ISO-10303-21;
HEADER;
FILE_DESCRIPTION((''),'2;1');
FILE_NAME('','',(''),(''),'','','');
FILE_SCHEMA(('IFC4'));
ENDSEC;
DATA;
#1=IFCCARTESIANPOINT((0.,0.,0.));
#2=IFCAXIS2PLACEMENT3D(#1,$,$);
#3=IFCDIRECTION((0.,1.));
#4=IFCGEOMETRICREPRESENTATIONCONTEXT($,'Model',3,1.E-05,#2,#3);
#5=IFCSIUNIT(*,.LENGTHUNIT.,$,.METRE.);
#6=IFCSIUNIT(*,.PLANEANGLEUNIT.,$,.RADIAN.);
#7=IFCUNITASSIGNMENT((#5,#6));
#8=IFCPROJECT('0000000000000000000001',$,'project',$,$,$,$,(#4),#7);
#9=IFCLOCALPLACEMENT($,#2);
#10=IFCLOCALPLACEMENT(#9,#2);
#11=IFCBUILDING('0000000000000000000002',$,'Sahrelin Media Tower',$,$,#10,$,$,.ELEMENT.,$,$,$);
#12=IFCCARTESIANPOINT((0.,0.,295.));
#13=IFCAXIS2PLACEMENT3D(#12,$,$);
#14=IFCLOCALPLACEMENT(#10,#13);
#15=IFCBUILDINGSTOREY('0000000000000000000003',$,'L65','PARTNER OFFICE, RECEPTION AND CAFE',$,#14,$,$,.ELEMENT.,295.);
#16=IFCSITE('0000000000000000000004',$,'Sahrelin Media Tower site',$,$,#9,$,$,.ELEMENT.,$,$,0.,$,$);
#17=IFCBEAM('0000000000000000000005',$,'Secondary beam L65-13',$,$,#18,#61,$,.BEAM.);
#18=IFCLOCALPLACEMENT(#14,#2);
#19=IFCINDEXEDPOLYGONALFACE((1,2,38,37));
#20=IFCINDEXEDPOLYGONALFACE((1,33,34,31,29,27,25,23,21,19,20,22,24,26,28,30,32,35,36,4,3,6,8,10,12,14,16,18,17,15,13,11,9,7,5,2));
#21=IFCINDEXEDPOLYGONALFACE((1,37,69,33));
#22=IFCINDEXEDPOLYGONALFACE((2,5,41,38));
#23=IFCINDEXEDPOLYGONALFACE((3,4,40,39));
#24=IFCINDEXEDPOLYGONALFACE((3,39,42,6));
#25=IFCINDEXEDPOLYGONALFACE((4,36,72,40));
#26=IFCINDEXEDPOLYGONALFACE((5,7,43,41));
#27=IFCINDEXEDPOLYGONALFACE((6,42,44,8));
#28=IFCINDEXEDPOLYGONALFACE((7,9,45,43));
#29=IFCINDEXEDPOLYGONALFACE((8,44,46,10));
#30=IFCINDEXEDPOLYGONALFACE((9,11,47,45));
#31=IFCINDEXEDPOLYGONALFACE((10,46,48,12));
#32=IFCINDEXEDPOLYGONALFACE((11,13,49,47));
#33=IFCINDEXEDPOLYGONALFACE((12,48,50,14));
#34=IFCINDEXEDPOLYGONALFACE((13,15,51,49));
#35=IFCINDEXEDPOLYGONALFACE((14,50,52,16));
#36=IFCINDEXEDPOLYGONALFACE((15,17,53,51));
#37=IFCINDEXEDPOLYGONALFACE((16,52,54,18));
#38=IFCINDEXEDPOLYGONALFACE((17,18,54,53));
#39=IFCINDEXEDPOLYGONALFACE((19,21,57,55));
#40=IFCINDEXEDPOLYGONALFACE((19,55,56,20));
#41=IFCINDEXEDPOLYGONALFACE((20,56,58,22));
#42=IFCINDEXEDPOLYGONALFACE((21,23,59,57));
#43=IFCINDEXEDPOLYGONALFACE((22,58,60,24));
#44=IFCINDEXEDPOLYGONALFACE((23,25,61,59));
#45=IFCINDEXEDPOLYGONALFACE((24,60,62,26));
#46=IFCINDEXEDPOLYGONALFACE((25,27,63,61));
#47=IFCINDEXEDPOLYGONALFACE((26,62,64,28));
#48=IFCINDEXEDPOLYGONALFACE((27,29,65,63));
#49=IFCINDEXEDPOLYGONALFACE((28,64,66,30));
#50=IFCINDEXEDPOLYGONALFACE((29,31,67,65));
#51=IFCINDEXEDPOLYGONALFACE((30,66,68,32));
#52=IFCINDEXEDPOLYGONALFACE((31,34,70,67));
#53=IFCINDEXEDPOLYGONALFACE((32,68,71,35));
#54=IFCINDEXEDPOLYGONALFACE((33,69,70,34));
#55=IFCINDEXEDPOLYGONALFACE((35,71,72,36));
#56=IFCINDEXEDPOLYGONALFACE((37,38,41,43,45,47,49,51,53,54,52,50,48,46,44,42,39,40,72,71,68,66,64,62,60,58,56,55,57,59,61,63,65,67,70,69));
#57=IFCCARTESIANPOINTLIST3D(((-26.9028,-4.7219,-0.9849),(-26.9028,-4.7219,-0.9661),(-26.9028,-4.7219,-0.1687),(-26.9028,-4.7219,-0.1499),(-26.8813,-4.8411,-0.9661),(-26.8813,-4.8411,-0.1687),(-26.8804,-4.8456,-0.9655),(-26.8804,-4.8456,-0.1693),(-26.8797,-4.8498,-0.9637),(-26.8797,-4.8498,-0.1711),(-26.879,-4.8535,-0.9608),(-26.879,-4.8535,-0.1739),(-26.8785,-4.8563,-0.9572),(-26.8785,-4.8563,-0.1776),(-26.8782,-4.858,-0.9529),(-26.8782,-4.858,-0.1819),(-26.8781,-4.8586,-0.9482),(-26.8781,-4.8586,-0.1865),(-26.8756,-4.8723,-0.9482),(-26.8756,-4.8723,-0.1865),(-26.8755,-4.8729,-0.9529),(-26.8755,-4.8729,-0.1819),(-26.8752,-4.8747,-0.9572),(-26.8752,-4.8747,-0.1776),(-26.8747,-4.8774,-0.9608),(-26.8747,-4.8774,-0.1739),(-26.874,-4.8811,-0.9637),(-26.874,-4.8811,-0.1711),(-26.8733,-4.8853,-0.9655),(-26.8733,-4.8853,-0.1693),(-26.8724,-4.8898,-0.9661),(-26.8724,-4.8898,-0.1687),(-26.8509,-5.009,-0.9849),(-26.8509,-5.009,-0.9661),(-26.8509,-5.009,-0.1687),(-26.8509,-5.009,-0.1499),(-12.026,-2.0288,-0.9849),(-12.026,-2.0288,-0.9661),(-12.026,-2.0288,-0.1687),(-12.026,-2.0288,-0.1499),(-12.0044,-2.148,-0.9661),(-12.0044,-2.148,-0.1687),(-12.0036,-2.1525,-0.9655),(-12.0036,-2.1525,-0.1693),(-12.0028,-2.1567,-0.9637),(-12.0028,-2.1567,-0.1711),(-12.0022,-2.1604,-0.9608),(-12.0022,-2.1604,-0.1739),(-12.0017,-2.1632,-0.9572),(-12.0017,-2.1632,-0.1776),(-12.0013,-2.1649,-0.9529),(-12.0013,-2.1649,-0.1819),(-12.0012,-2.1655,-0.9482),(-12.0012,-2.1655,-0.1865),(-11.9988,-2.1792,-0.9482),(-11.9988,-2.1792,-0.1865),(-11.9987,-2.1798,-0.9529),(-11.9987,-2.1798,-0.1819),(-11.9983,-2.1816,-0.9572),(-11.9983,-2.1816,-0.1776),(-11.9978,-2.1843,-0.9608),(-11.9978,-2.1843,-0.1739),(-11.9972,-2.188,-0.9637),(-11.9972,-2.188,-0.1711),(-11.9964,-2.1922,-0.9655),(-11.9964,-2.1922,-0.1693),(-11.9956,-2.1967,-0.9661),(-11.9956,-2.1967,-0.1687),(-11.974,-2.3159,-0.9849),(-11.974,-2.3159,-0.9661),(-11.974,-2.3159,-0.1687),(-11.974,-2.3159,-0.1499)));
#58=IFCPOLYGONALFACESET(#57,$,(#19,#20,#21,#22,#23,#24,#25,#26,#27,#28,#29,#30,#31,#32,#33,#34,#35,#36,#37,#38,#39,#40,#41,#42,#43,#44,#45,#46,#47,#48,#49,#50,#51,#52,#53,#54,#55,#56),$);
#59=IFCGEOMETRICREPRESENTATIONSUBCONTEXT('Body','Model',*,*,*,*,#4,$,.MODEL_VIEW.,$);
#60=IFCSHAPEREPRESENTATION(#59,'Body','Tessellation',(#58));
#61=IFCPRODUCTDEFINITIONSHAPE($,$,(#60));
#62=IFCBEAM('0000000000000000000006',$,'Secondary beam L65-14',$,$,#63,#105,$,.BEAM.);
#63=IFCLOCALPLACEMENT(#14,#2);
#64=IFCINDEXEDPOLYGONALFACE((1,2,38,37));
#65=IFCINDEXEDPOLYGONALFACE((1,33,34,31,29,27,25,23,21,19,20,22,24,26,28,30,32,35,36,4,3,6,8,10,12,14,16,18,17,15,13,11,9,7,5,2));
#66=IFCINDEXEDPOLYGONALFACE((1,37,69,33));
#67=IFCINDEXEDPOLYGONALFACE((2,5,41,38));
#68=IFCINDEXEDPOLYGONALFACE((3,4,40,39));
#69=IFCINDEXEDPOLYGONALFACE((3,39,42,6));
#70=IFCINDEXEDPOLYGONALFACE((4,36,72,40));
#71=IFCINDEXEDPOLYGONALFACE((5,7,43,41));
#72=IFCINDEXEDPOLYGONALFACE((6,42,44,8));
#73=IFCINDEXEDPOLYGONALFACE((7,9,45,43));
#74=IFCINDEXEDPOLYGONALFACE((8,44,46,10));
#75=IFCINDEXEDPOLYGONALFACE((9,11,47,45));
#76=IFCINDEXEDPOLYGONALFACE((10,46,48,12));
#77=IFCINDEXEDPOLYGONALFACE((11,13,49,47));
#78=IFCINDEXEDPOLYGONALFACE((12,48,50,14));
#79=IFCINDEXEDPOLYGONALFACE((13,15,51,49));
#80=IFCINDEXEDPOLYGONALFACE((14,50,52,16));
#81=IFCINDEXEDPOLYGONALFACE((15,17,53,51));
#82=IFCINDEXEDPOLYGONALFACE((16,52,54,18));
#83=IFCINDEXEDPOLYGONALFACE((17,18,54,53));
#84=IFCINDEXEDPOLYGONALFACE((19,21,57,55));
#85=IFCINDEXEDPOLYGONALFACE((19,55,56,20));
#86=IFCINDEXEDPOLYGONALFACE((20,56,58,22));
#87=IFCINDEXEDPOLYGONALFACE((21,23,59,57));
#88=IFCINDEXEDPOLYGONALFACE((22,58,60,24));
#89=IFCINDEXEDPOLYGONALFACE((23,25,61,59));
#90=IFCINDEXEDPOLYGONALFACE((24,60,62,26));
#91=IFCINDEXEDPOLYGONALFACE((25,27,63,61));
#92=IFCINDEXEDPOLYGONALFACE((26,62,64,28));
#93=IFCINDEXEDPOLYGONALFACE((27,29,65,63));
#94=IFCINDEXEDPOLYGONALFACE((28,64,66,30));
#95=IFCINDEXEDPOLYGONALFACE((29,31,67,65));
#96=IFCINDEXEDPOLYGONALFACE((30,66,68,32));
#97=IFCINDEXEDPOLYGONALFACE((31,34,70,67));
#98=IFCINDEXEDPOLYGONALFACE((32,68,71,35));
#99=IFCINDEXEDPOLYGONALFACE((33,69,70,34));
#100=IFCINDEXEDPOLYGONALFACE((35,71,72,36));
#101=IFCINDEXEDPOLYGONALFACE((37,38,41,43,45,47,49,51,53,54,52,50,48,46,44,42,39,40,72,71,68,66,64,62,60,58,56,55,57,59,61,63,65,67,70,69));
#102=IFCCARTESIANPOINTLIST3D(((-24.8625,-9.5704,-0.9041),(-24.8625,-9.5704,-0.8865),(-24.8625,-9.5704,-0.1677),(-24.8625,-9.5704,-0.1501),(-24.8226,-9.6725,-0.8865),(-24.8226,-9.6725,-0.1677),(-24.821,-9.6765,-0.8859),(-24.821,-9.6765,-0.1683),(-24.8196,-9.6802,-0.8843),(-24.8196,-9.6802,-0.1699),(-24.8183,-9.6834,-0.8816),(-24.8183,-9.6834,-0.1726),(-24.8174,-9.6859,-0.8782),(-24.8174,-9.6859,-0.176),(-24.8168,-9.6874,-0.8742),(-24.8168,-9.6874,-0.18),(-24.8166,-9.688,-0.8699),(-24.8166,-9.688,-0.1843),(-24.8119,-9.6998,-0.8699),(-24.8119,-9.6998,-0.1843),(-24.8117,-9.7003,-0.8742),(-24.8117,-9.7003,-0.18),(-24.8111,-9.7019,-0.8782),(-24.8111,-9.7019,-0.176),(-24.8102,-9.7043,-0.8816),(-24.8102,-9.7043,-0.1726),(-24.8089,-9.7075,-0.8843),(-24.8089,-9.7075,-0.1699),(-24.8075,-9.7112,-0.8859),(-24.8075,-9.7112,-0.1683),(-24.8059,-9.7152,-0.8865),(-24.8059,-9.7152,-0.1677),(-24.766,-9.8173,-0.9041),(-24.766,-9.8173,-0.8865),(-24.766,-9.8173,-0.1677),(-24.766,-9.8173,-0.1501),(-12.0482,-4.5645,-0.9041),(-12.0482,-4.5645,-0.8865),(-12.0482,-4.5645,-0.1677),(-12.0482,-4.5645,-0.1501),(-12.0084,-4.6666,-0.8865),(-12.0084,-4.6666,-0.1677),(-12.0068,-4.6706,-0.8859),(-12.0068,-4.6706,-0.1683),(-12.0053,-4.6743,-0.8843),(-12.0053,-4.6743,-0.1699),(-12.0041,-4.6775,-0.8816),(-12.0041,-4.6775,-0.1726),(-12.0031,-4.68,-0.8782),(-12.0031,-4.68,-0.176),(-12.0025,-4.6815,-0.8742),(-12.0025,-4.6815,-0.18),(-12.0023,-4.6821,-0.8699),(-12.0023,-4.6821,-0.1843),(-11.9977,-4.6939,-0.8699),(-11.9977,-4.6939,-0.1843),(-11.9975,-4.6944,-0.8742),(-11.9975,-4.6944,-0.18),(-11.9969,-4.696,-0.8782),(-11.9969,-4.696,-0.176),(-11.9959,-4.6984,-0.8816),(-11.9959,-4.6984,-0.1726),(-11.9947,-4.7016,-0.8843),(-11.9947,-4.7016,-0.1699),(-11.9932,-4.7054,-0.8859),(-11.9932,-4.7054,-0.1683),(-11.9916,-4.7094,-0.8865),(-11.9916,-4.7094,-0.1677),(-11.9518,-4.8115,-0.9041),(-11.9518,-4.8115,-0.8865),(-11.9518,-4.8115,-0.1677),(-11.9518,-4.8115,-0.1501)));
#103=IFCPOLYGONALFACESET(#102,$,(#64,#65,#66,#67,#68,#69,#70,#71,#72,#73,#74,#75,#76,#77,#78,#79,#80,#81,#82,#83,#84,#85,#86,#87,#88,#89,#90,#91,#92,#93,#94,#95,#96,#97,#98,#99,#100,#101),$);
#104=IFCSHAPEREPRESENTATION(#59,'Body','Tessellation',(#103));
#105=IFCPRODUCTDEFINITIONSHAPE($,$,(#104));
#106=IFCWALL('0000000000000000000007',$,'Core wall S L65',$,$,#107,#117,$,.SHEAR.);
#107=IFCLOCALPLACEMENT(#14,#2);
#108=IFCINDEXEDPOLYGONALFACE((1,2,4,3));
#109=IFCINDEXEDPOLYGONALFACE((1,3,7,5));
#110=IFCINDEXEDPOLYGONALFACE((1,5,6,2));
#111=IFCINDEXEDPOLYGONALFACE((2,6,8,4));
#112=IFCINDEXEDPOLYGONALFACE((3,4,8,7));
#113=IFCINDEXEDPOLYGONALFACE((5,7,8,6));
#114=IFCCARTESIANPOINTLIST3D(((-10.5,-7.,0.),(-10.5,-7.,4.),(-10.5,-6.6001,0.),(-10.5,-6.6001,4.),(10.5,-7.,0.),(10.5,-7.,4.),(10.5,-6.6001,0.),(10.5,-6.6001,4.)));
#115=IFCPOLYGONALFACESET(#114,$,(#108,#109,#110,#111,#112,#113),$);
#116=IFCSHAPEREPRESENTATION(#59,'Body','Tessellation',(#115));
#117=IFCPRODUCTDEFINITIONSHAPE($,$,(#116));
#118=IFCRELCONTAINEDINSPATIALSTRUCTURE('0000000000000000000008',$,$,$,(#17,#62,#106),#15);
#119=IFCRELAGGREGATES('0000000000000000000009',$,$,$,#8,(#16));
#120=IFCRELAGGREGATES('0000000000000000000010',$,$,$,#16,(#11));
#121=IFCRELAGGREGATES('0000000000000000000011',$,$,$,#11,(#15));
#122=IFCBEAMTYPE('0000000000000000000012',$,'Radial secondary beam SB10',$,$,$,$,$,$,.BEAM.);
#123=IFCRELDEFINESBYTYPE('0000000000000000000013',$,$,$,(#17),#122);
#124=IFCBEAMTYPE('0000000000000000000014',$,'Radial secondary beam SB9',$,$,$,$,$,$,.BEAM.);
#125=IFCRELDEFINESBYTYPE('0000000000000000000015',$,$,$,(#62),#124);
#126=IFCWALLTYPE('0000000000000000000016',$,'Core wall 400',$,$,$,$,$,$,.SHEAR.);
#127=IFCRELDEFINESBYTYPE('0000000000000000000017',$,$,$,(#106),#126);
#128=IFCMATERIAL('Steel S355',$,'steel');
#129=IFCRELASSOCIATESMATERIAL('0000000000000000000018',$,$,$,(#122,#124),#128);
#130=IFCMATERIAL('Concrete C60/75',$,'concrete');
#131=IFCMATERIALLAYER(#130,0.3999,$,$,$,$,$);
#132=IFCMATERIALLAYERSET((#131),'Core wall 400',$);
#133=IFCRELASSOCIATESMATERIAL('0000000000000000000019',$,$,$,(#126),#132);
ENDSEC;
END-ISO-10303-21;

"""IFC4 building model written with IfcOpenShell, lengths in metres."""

from ifc_helpers import new_model, si_unit, direction, frame, frame_2d, origin, origin_2d, place, context, subcontext, project, spatial, rectangle, i_section, extrude, material, layer, layer_set, material_profile, profile_set, type_object, element, save


model = new_model("IFC4")

# Units and contexts
model_context = context("Model", 3, precision=1e-05, world=origin(), true_north=direction((0.0, 1.0)))
body_context = subcontext(model_context, "Body", "Model", "MODEL_VIEW")
ifc_project = project(units=[si_unit("LENGTHUNIT", "METRE"), si_unit("PLANEANGLEUNIT", "RADIAN")], contexts=[model_context])

# Site, building, storey
site_placement = place(None, origin())
site = spatial("IfcSite", under=ifc_project, at=site_placement, Name="Sahrelin Media Tower site", CompositionType="ELEMENT", RefElevation=0.0)
building_placement = place(site_placement, origin())
building = spatial("IfcBuilding", under=site, at=building_placement, Name="Sahrelin Media Tower", CompositionType="ELEMENT")
storey_placement = place(building_placement, frame((0.0, 0.0, 295.0)))
storey = spatial("IfcBuildingStorey", under=building, at=storey_placement, Name="L65", Description="PARTNER OFFICE, RECEPTION AND CAFE", CompositionType="ELEMENT", Elevation=295.0)

# Beams
ifc_material_1 = material(Name="Steel S355", Category="steel")
ifc_material_profile_1 = material_profile(ifc_material_1, i_section(OverallWidth=0.2917, OverallDepth=0.835, WebThickness=0.0139, FlangeThickness=0.0188, FilletRadius=0.0178, at=origin_2d()), Name="UB 838x292x176")
ifc_profile_set_1 = profile_set([ifc_material_profile_1], Name="Steel S355")
beam_type_1 = type_object("IfcBeamType", Name="Radial secondary beam SB10", PredefinedType="BEAM", material=ifc_profile_set_1)
beam_1_placement = place(storey_placement, frame((-12.0, -2.1724, -0.5674), z_axis=(-0.984007, -0.178131, 0.0), x_axis=(0.178131, -0.984007, 0.0)))
element("IfcBeam", 1, at=beam_1_placement, inside=storey, type_object=beam_type_1, Name="Secondary beam L65-13", PredefinedType="BEAM", context=body_context, shape_type="SweptSolid", body=[
    extrude(i_section(OverallWidth=0.2917, OverallDepth=0.835, WebThickness=0.0139, FlangeThickness=0.0188, FilletRadius=0.0178, at=origin_2d()), origin(), (0.0, 0.0, 1.0), 15.1187),
])
ifc_material_profile_2 = material_profile(ifc_material_1, i_section(OverallWidth=0.2651, OverallDepth=0.7539, WebThickness=0.0127, FlangeThickness=0.0176, FilletRadius=0.0166, at=origin_2d()), Name="UB 762x267x147")
ifc_profile_set_2 = profile_set([ifc_material_profile_2], Name="Steel S355")
beam_type_2 = type_object("IfcBeamType", Name="Radial secondary beam SB9", PredefinedType="BEAM", material=ifc_profile_set_2)
beam_2_placement = place(storey_placement, frame((-12.0, -4.688, -0.5271), z_axis=(-0.93145, -0.36387, 0.0), x_axis=(0.36387, -0.93145, 0.0)))
element("IfcBeam", 2, at=beam_2_placement, inside=storey, type_object=beam_type_2, Name="Secondary beam L65-14", PredefinedType="BEAM", context=body_context, shape_type="SweptSolid", body=[
    extrude(i_section(OverallWidth=0.2651, OverallDepth=0.7539, WebThickness=0.0127, FlangeThickness=0.0176, FilletRadius=0.0166, at=origin_2d()), origin(), (0.0, 0.0, 1.0), 13.7573),
])

# Wall
ifc_material_2 = material(Name="Concrete C60/75", Category="concrete")
ifc_layer_1 = layer(ifc_material_2, 0.3999)
ifc_layer_set_1 = layer_set([ifc_layer_1], Name="Core wall 400")
wall_type_1 = type_object("IfcWallType", Name="Core wall 400", PredefinedType="SHEAR", material=ifc_layer_set_1)
wall_1_placement = place(storey_placement, frame((-10.5, -6.8, 0.0), z_axis=(0.0, 0.0, 1.0), x_axis=(1.0, 0.0, 0.0)))
element("IfcWall", 3, at=wall_1_placement, inside=storey, type_object=wall_type_1, Name="Core wall S L65", PredefinedType="SHEAR", context=body_context, shape_type="SweptSolid", body=[
    extrude(rectangle(XDim=21.0, YDim=0.3999, at=frame_2d((10.5, 0.0))), origin(), (0.0, 0.0, 1.0), 4.0),
])

save(model, "model.ifc")
